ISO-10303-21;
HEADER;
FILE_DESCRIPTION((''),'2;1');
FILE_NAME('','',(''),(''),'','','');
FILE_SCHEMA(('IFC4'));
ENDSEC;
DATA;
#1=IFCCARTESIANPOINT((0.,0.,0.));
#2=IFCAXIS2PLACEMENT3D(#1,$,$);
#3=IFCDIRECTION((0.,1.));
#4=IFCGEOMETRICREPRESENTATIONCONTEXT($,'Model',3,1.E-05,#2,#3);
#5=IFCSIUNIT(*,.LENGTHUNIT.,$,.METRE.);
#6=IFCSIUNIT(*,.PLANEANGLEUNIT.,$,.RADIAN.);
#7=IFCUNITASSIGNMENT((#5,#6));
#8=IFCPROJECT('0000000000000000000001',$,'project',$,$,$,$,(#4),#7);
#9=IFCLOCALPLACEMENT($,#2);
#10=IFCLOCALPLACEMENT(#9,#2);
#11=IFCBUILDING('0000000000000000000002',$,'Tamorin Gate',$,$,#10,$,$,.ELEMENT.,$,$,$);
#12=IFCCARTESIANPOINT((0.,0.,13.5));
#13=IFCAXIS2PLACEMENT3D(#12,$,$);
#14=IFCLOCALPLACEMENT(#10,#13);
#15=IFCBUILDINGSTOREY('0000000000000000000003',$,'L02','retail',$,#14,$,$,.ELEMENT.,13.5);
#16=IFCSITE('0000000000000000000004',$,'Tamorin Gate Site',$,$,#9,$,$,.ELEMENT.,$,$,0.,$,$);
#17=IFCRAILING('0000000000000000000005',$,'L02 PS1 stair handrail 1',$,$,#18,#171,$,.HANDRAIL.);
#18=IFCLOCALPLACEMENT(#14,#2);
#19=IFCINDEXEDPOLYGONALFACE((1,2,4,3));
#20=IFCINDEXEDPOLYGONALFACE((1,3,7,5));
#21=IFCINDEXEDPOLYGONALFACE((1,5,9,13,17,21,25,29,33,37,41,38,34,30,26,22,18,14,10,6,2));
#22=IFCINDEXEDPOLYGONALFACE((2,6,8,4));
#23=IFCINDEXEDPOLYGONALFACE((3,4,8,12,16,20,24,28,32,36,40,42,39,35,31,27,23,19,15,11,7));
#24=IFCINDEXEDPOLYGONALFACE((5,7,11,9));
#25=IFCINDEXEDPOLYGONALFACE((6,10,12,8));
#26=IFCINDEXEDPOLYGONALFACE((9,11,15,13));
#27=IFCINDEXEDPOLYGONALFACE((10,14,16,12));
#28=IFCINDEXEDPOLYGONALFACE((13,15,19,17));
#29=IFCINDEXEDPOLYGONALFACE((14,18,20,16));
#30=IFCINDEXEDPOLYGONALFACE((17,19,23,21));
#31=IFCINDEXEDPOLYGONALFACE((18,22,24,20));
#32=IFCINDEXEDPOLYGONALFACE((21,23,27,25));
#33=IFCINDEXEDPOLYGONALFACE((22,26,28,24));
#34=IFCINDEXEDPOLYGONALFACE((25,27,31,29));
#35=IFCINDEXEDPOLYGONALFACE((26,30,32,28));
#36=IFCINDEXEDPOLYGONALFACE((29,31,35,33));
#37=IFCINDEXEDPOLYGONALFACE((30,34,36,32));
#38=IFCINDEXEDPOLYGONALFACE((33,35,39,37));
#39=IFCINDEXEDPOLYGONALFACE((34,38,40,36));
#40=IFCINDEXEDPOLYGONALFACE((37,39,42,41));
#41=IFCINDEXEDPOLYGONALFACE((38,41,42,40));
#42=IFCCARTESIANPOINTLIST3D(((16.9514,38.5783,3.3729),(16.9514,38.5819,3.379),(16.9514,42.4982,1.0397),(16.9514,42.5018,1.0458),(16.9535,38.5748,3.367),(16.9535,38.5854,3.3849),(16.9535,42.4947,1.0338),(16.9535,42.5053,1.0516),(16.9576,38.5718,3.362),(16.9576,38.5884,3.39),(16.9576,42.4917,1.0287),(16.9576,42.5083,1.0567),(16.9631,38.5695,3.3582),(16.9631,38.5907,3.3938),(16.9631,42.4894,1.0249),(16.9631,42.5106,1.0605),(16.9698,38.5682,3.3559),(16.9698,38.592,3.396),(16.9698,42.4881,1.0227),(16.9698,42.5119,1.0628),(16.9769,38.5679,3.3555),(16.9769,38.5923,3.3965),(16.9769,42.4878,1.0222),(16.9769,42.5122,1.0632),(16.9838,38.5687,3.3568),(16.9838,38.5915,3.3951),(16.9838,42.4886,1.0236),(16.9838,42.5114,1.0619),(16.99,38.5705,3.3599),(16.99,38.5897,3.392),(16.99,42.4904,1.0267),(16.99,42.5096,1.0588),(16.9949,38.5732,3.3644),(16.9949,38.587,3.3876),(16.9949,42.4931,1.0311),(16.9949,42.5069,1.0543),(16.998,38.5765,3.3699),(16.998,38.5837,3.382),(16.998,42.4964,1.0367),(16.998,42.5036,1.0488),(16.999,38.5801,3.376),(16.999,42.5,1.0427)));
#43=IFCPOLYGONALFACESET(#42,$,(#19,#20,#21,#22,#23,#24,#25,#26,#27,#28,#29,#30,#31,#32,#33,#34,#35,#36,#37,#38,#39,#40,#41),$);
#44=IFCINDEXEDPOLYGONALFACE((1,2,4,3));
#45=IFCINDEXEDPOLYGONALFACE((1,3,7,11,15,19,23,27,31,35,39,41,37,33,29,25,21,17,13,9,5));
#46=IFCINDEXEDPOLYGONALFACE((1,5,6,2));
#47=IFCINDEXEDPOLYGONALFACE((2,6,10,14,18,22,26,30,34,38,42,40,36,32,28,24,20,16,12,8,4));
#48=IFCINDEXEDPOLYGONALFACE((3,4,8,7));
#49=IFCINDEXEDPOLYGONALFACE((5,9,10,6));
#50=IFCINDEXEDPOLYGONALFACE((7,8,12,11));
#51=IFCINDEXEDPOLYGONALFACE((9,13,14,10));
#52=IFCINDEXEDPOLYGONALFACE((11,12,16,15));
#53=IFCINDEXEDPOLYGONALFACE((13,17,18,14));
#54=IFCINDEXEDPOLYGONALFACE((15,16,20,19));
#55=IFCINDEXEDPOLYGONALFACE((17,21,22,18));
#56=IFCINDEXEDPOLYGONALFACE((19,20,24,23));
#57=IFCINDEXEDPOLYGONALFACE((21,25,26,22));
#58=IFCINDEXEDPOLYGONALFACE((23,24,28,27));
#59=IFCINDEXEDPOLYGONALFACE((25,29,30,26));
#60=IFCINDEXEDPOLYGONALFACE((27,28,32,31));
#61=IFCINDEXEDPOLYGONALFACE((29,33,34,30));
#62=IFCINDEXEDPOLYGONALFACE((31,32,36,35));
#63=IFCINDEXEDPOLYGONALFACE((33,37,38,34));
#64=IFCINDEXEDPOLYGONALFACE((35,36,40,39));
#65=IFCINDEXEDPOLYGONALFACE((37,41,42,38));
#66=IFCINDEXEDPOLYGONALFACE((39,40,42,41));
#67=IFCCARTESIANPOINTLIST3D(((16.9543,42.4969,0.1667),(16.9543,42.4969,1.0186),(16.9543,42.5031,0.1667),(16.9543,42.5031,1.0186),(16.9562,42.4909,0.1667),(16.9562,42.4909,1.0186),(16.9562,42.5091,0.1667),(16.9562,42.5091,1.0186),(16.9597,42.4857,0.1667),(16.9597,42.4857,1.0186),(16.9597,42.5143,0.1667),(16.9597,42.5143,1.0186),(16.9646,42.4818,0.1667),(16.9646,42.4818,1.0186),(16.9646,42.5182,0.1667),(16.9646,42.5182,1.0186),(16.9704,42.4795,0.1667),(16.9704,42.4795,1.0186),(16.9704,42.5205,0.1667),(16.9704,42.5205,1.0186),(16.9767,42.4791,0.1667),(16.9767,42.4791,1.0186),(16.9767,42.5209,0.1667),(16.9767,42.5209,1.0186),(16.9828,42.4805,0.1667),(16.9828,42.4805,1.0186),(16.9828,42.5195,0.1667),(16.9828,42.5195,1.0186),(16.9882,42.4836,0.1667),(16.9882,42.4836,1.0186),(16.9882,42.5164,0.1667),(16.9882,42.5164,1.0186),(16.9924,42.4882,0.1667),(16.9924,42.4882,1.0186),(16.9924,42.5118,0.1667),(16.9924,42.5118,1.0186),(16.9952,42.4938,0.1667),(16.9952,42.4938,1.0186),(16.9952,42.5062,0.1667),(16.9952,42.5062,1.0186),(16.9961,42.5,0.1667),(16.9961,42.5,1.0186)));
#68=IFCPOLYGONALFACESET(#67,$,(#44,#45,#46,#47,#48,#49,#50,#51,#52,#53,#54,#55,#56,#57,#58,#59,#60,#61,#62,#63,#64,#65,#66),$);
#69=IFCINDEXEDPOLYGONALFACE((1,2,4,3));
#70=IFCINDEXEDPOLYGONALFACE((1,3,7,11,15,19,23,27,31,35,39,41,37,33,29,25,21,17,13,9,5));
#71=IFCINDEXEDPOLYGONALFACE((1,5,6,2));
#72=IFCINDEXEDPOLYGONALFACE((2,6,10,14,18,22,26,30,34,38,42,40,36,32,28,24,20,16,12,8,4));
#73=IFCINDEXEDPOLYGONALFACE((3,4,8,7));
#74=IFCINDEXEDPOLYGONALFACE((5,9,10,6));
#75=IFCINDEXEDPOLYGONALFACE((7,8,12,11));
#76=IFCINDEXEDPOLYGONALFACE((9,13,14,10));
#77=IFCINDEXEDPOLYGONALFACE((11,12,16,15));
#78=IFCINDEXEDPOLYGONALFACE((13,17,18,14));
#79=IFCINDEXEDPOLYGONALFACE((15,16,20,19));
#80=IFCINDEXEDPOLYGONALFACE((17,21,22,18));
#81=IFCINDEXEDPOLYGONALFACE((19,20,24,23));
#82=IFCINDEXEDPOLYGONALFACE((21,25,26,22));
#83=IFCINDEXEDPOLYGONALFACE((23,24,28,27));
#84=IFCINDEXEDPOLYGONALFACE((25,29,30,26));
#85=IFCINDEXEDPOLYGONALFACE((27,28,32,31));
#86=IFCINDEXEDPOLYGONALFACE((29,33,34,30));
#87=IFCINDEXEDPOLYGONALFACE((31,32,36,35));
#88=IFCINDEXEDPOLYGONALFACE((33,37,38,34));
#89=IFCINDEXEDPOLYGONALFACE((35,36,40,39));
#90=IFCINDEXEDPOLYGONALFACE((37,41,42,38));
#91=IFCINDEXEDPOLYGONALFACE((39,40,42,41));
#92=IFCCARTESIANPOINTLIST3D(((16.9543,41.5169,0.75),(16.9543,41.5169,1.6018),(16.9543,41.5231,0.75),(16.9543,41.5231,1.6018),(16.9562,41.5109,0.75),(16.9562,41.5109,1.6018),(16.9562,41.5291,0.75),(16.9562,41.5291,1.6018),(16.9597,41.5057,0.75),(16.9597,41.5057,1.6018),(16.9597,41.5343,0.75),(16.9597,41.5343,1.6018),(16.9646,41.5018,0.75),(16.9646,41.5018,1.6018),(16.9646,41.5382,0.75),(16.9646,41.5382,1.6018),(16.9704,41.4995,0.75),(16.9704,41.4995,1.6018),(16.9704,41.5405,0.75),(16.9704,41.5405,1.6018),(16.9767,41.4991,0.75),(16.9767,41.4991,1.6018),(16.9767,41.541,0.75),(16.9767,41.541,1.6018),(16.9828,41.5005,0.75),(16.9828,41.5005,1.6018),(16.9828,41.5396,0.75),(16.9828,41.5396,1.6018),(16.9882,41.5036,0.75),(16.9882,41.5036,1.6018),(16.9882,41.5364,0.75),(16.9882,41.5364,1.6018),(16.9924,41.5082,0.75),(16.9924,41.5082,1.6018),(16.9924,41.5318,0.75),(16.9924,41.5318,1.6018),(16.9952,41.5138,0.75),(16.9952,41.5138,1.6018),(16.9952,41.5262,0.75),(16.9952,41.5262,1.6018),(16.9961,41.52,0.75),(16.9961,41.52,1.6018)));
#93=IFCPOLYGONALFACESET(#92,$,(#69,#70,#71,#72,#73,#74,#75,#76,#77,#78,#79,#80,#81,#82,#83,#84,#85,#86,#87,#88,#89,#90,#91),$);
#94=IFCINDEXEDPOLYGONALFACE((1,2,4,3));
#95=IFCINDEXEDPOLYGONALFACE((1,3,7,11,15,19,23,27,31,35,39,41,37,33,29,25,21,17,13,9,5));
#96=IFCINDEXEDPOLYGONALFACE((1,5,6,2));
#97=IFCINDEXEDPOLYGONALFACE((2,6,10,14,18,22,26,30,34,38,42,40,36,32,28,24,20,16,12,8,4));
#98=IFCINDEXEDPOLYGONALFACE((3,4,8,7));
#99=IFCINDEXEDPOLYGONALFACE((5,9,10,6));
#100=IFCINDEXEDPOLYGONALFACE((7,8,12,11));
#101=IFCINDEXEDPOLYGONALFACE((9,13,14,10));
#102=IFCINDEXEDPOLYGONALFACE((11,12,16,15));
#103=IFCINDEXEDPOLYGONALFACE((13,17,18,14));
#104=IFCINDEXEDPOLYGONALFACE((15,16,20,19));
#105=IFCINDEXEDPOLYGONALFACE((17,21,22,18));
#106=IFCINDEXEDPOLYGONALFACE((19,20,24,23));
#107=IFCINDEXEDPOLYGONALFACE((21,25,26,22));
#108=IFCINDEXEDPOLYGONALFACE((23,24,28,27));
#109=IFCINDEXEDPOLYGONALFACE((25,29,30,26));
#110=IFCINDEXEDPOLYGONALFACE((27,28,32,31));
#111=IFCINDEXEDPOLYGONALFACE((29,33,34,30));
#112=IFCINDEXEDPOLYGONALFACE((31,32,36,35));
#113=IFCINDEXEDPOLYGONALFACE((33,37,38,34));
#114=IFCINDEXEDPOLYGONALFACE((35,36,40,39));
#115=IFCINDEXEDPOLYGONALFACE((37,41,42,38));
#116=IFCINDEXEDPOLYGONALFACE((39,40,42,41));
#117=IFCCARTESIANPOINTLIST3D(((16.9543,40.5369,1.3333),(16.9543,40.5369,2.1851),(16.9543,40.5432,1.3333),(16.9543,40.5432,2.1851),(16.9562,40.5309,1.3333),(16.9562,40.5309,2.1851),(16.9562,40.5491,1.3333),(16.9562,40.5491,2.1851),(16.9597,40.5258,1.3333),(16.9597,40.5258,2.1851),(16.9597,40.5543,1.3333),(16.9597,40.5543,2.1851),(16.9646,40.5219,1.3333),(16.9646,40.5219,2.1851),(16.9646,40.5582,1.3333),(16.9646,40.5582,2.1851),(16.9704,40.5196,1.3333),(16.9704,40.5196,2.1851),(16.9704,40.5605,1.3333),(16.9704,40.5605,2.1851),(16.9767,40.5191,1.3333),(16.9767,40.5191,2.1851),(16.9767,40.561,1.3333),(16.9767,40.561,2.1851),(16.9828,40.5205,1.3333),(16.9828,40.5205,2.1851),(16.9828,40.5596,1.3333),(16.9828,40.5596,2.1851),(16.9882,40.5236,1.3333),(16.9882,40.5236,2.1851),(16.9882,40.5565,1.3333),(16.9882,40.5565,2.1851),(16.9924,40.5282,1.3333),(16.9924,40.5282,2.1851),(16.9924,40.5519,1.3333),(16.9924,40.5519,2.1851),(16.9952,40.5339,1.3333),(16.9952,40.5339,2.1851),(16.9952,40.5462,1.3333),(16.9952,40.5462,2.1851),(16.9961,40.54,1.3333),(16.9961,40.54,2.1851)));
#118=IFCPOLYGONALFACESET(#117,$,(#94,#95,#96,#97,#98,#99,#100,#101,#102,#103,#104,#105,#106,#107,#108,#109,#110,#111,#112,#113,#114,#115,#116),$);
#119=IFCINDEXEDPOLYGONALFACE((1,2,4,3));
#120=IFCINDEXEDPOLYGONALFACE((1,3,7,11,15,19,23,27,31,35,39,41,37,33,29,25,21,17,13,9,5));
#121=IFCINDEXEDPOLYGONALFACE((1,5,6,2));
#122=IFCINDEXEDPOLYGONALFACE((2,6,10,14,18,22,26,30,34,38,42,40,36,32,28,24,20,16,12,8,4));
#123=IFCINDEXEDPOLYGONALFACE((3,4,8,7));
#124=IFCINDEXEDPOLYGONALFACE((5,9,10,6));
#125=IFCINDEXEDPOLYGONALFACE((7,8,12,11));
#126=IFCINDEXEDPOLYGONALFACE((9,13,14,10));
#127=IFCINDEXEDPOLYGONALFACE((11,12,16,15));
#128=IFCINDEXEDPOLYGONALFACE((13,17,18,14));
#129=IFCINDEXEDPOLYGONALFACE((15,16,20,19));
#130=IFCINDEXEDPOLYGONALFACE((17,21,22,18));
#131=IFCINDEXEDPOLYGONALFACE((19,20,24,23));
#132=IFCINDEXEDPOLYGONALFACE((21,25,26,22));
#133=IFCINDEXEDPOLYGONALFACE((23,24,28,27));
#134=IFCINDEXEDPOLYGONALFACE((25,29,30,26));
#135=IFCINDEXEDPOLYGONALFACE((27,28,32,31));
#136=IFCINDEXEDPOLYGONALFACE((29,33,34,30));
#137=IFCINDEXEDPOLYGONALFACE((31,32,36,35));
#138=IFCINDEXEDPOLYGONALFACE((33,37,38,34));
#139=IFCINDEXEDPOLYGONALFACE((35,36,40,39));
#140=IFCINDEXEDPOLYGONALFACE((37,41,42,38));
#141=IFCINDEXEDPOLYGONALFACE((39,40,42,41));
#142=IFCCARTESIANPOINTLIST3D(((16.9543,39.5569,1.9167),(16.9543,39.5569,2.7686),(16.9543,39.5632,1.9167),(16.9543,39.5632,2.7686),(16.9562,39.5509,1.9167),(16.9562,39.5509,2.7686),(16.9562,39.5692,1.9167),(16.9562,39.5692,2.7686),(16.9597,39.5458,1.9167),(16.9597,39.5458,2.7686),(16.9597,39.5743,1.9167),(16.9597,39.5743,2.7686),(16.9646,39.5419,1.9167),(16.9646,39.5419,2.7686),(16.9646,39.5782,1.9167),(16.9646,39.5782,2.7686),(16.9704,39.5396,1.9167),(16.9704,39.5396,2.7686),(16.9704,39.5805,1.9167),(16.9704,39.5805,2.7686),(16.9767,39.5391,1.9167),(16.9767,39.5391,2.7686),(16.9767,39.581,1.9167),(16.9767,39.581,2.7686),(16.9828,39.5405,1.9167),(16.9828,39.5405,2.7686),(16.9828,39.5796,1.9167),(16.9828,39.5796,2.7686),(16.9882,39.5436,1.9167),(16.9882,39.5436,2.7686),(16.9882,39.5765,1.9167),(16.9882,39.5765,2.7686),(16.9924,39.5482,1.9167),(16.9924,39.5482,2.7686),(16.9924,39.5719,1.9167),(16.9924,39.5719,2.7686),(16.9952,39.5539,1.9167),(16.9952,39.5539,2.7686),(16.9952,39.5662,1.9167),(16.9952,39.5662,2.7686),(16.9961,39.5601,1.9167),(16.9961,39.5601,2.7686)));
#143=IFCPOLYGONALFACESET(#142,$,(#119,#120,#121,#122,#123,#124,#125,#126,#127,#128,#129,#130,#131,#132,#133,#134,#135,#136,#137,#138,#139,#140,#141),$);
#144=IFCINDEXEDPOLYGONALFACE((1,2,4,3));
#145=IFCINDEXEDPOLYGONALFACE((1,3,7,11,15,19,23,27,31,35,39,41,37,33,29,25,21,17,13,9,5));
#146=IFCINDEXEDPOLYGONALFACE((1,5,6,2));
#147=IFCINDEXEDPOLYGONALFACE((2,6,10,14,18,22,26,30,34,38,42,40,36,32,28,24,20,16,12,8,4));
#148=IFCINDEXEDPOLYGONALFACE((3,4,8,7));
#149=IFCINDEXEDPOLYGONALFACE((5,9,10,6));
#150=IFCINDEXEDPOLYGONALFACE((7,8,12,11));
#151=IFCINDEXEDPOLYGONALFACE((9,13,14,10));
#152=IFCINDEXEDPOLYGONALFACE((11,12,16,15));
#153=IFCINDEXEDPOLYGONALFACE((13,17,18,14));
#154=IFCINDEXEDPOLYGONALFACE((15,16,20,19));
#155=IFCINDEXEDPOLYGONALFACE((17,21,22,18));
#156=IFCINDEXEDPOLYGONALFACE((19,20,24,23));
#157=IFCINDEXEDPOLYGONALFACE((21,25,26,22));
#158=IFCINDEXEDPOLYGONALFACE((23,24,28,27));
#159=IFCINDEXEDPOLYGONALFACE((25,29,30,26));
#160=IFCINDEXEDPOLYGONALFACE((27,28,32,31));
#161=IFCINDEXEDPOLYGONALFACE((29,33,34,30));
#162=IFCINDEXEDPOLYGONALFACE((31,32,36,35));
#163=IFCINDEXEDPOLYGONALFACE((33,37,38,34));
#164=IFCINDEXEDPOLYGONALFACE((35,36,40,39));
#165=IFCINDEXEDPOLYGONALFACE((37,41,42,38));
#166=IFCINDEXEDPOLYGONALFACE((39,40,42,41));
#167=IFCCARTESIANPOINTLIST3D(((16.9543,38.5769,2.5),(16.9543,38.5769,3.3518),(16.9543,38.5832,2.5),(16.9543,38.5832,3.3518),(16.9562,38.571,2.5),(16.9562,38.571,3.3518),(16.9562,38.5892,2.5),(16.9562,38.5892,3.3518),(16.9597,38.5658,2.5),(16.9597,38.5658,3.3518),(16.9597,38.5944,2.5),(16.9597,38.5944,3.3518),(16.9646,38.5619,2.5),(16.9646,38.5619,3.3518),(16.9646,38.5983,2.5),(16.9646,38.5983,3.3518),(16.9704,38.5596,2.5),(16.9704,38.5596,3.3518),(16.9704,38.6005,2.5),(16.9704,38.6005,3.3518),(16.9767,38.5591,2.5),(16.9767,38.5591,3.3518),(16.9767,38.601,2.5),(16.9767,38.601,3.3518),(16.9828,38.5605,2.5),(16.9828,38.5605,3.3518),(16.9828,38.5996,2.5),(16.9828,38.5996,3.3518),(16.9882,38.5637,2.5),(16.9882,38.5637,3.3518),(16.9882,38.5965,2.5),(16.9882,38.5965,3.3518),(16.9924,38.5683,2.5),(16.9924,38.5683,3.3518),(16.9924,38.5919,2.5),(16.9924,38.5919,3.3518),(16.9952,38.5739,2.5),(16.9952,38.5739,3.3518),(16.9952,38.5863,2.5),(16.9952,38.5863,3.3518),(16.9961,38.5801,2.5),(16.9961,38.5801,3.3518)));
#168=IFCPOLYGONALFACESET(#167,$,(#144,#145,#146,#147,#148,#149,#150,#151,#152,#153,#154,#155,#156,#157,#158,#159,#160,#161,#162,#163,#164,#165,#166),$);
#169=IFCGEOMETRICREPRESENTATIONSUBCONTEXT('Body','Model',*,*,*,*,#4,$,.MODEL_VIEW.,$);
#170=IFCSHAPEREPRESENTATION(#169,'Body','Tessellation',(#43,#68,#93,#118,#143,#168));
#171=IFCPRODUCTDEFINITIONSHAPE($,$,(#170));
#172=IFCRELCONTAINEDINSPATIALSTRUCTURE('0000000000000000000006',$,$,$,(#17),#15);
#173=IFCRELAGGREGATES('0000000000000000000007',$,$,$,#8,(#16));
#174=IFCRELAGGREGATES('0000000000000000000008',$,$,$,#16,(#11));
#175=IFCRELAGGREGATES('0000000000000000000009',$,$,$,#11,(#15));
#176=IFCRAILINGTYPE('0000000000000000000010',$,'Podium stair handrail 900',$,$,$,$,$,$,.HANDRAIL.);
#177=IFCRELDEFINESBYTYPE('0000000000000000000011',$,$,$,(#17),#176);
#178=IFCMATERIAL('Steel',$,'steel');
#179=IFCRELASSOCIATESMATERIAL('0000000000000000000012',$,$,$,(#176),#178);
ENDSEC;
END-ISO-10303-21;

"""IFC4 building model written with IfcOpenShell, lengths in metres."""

from ifc_helpers import new_model, si_unit, direction, frame, origin, origin_2d, place, context, subcontext, project, spatial, circle, extrude, material, type_object, element, save


model = new_model("IFC4")

# Units and contexts
model_context = context("Model", 3, precision=1e-05, world=origin(), true_north=direction((0.0, 1.0)))
body_context = subcontext(model_context, "Body", "Model", "MODEL_VIEW")
ifc_project = project(units=[si_unit("LENGTHUNIT", "METRE"), si_unit("PLANEANGLEUNIT", "RADIAN")], contexts=[model_context])

# Site, building, storey
site_placement = place(None, origin())
site = spatial("IfcSite", under=ifc_project, at=site_placement, Name="Tamorin Gate Site", CompositionType="ELEMENT", RefElevation=0.0)
building_placement = place(site_placement, origin())
building = spatial("IfcBuilding", under=site, at=building_placement, Name="Tamorin Gate", CompositionType="ELEMENT")
storey_placement = place(building_placement, frame((0.0, 0.0, 13.5)))
storey = spatial("IfcBuildingStorey", under=building, at=storey_placement, Name="L02", Description="retail", CompositionType="ELEMENT", Elevation=13.5)

# Railing
ifc_material_1 = material(Name="Steel", Category="steel")
railing_type_1 = type_object("IfcRailingType", Name="Podium stair handrail 900", PredefinedType="HANDRAIL", material=ifc_material_1)
railing_1_placement = place(storey_placement, frame((16.9751, 42.5, 0.1667)))
element("IfcRailing", 1, at=railing_1_placement, inside=storey, type_object=railing_type_1, Name="L02 PS1 stair handrail 1", PredefinedType="HANDRAIL", context=body_context, shape_type="SweptSolid", body=[
    extrude(circle(Radius=0.0239, at=origin_2d()), frame((0.0, 0.0, 0.876), z_axis=(0.0, -0.859296, 0.511478), x_axis=(1.0, 0.0, 0.0)), (0.0, 0.0, 1.0), 4.5618),
    extrude(circle(Radius=0.021, at=origin_2d()), origin(), (0.0, 0.0, 1.0), 0.8518),
    extrude(circle(Radius=0.021, at=origin_2d()), frame((0.0, -0.98, 0.5833)), (0.0, 0.0, 1.0), 0.8518),
    extrude(circle(Radius=0.021, at=origin_2d()), frame((0.0, -1.96, 1.1665)), (0.0, 0.0, 1.0), 0.8518),
    extrude(circle(Radius=0.021, at=origin_2d()), frame((0.0, -2.9399, 1.75)), (0.0, 0.0, 1.0), 0.8518),
    extrude(circle(Radius=0.021, at=origin_2d()), frame((0.0, -3.9199, 2.3333)), (0.0, 0.0, 1.0), 0.8518),
])

save(model, "model.ifc")
